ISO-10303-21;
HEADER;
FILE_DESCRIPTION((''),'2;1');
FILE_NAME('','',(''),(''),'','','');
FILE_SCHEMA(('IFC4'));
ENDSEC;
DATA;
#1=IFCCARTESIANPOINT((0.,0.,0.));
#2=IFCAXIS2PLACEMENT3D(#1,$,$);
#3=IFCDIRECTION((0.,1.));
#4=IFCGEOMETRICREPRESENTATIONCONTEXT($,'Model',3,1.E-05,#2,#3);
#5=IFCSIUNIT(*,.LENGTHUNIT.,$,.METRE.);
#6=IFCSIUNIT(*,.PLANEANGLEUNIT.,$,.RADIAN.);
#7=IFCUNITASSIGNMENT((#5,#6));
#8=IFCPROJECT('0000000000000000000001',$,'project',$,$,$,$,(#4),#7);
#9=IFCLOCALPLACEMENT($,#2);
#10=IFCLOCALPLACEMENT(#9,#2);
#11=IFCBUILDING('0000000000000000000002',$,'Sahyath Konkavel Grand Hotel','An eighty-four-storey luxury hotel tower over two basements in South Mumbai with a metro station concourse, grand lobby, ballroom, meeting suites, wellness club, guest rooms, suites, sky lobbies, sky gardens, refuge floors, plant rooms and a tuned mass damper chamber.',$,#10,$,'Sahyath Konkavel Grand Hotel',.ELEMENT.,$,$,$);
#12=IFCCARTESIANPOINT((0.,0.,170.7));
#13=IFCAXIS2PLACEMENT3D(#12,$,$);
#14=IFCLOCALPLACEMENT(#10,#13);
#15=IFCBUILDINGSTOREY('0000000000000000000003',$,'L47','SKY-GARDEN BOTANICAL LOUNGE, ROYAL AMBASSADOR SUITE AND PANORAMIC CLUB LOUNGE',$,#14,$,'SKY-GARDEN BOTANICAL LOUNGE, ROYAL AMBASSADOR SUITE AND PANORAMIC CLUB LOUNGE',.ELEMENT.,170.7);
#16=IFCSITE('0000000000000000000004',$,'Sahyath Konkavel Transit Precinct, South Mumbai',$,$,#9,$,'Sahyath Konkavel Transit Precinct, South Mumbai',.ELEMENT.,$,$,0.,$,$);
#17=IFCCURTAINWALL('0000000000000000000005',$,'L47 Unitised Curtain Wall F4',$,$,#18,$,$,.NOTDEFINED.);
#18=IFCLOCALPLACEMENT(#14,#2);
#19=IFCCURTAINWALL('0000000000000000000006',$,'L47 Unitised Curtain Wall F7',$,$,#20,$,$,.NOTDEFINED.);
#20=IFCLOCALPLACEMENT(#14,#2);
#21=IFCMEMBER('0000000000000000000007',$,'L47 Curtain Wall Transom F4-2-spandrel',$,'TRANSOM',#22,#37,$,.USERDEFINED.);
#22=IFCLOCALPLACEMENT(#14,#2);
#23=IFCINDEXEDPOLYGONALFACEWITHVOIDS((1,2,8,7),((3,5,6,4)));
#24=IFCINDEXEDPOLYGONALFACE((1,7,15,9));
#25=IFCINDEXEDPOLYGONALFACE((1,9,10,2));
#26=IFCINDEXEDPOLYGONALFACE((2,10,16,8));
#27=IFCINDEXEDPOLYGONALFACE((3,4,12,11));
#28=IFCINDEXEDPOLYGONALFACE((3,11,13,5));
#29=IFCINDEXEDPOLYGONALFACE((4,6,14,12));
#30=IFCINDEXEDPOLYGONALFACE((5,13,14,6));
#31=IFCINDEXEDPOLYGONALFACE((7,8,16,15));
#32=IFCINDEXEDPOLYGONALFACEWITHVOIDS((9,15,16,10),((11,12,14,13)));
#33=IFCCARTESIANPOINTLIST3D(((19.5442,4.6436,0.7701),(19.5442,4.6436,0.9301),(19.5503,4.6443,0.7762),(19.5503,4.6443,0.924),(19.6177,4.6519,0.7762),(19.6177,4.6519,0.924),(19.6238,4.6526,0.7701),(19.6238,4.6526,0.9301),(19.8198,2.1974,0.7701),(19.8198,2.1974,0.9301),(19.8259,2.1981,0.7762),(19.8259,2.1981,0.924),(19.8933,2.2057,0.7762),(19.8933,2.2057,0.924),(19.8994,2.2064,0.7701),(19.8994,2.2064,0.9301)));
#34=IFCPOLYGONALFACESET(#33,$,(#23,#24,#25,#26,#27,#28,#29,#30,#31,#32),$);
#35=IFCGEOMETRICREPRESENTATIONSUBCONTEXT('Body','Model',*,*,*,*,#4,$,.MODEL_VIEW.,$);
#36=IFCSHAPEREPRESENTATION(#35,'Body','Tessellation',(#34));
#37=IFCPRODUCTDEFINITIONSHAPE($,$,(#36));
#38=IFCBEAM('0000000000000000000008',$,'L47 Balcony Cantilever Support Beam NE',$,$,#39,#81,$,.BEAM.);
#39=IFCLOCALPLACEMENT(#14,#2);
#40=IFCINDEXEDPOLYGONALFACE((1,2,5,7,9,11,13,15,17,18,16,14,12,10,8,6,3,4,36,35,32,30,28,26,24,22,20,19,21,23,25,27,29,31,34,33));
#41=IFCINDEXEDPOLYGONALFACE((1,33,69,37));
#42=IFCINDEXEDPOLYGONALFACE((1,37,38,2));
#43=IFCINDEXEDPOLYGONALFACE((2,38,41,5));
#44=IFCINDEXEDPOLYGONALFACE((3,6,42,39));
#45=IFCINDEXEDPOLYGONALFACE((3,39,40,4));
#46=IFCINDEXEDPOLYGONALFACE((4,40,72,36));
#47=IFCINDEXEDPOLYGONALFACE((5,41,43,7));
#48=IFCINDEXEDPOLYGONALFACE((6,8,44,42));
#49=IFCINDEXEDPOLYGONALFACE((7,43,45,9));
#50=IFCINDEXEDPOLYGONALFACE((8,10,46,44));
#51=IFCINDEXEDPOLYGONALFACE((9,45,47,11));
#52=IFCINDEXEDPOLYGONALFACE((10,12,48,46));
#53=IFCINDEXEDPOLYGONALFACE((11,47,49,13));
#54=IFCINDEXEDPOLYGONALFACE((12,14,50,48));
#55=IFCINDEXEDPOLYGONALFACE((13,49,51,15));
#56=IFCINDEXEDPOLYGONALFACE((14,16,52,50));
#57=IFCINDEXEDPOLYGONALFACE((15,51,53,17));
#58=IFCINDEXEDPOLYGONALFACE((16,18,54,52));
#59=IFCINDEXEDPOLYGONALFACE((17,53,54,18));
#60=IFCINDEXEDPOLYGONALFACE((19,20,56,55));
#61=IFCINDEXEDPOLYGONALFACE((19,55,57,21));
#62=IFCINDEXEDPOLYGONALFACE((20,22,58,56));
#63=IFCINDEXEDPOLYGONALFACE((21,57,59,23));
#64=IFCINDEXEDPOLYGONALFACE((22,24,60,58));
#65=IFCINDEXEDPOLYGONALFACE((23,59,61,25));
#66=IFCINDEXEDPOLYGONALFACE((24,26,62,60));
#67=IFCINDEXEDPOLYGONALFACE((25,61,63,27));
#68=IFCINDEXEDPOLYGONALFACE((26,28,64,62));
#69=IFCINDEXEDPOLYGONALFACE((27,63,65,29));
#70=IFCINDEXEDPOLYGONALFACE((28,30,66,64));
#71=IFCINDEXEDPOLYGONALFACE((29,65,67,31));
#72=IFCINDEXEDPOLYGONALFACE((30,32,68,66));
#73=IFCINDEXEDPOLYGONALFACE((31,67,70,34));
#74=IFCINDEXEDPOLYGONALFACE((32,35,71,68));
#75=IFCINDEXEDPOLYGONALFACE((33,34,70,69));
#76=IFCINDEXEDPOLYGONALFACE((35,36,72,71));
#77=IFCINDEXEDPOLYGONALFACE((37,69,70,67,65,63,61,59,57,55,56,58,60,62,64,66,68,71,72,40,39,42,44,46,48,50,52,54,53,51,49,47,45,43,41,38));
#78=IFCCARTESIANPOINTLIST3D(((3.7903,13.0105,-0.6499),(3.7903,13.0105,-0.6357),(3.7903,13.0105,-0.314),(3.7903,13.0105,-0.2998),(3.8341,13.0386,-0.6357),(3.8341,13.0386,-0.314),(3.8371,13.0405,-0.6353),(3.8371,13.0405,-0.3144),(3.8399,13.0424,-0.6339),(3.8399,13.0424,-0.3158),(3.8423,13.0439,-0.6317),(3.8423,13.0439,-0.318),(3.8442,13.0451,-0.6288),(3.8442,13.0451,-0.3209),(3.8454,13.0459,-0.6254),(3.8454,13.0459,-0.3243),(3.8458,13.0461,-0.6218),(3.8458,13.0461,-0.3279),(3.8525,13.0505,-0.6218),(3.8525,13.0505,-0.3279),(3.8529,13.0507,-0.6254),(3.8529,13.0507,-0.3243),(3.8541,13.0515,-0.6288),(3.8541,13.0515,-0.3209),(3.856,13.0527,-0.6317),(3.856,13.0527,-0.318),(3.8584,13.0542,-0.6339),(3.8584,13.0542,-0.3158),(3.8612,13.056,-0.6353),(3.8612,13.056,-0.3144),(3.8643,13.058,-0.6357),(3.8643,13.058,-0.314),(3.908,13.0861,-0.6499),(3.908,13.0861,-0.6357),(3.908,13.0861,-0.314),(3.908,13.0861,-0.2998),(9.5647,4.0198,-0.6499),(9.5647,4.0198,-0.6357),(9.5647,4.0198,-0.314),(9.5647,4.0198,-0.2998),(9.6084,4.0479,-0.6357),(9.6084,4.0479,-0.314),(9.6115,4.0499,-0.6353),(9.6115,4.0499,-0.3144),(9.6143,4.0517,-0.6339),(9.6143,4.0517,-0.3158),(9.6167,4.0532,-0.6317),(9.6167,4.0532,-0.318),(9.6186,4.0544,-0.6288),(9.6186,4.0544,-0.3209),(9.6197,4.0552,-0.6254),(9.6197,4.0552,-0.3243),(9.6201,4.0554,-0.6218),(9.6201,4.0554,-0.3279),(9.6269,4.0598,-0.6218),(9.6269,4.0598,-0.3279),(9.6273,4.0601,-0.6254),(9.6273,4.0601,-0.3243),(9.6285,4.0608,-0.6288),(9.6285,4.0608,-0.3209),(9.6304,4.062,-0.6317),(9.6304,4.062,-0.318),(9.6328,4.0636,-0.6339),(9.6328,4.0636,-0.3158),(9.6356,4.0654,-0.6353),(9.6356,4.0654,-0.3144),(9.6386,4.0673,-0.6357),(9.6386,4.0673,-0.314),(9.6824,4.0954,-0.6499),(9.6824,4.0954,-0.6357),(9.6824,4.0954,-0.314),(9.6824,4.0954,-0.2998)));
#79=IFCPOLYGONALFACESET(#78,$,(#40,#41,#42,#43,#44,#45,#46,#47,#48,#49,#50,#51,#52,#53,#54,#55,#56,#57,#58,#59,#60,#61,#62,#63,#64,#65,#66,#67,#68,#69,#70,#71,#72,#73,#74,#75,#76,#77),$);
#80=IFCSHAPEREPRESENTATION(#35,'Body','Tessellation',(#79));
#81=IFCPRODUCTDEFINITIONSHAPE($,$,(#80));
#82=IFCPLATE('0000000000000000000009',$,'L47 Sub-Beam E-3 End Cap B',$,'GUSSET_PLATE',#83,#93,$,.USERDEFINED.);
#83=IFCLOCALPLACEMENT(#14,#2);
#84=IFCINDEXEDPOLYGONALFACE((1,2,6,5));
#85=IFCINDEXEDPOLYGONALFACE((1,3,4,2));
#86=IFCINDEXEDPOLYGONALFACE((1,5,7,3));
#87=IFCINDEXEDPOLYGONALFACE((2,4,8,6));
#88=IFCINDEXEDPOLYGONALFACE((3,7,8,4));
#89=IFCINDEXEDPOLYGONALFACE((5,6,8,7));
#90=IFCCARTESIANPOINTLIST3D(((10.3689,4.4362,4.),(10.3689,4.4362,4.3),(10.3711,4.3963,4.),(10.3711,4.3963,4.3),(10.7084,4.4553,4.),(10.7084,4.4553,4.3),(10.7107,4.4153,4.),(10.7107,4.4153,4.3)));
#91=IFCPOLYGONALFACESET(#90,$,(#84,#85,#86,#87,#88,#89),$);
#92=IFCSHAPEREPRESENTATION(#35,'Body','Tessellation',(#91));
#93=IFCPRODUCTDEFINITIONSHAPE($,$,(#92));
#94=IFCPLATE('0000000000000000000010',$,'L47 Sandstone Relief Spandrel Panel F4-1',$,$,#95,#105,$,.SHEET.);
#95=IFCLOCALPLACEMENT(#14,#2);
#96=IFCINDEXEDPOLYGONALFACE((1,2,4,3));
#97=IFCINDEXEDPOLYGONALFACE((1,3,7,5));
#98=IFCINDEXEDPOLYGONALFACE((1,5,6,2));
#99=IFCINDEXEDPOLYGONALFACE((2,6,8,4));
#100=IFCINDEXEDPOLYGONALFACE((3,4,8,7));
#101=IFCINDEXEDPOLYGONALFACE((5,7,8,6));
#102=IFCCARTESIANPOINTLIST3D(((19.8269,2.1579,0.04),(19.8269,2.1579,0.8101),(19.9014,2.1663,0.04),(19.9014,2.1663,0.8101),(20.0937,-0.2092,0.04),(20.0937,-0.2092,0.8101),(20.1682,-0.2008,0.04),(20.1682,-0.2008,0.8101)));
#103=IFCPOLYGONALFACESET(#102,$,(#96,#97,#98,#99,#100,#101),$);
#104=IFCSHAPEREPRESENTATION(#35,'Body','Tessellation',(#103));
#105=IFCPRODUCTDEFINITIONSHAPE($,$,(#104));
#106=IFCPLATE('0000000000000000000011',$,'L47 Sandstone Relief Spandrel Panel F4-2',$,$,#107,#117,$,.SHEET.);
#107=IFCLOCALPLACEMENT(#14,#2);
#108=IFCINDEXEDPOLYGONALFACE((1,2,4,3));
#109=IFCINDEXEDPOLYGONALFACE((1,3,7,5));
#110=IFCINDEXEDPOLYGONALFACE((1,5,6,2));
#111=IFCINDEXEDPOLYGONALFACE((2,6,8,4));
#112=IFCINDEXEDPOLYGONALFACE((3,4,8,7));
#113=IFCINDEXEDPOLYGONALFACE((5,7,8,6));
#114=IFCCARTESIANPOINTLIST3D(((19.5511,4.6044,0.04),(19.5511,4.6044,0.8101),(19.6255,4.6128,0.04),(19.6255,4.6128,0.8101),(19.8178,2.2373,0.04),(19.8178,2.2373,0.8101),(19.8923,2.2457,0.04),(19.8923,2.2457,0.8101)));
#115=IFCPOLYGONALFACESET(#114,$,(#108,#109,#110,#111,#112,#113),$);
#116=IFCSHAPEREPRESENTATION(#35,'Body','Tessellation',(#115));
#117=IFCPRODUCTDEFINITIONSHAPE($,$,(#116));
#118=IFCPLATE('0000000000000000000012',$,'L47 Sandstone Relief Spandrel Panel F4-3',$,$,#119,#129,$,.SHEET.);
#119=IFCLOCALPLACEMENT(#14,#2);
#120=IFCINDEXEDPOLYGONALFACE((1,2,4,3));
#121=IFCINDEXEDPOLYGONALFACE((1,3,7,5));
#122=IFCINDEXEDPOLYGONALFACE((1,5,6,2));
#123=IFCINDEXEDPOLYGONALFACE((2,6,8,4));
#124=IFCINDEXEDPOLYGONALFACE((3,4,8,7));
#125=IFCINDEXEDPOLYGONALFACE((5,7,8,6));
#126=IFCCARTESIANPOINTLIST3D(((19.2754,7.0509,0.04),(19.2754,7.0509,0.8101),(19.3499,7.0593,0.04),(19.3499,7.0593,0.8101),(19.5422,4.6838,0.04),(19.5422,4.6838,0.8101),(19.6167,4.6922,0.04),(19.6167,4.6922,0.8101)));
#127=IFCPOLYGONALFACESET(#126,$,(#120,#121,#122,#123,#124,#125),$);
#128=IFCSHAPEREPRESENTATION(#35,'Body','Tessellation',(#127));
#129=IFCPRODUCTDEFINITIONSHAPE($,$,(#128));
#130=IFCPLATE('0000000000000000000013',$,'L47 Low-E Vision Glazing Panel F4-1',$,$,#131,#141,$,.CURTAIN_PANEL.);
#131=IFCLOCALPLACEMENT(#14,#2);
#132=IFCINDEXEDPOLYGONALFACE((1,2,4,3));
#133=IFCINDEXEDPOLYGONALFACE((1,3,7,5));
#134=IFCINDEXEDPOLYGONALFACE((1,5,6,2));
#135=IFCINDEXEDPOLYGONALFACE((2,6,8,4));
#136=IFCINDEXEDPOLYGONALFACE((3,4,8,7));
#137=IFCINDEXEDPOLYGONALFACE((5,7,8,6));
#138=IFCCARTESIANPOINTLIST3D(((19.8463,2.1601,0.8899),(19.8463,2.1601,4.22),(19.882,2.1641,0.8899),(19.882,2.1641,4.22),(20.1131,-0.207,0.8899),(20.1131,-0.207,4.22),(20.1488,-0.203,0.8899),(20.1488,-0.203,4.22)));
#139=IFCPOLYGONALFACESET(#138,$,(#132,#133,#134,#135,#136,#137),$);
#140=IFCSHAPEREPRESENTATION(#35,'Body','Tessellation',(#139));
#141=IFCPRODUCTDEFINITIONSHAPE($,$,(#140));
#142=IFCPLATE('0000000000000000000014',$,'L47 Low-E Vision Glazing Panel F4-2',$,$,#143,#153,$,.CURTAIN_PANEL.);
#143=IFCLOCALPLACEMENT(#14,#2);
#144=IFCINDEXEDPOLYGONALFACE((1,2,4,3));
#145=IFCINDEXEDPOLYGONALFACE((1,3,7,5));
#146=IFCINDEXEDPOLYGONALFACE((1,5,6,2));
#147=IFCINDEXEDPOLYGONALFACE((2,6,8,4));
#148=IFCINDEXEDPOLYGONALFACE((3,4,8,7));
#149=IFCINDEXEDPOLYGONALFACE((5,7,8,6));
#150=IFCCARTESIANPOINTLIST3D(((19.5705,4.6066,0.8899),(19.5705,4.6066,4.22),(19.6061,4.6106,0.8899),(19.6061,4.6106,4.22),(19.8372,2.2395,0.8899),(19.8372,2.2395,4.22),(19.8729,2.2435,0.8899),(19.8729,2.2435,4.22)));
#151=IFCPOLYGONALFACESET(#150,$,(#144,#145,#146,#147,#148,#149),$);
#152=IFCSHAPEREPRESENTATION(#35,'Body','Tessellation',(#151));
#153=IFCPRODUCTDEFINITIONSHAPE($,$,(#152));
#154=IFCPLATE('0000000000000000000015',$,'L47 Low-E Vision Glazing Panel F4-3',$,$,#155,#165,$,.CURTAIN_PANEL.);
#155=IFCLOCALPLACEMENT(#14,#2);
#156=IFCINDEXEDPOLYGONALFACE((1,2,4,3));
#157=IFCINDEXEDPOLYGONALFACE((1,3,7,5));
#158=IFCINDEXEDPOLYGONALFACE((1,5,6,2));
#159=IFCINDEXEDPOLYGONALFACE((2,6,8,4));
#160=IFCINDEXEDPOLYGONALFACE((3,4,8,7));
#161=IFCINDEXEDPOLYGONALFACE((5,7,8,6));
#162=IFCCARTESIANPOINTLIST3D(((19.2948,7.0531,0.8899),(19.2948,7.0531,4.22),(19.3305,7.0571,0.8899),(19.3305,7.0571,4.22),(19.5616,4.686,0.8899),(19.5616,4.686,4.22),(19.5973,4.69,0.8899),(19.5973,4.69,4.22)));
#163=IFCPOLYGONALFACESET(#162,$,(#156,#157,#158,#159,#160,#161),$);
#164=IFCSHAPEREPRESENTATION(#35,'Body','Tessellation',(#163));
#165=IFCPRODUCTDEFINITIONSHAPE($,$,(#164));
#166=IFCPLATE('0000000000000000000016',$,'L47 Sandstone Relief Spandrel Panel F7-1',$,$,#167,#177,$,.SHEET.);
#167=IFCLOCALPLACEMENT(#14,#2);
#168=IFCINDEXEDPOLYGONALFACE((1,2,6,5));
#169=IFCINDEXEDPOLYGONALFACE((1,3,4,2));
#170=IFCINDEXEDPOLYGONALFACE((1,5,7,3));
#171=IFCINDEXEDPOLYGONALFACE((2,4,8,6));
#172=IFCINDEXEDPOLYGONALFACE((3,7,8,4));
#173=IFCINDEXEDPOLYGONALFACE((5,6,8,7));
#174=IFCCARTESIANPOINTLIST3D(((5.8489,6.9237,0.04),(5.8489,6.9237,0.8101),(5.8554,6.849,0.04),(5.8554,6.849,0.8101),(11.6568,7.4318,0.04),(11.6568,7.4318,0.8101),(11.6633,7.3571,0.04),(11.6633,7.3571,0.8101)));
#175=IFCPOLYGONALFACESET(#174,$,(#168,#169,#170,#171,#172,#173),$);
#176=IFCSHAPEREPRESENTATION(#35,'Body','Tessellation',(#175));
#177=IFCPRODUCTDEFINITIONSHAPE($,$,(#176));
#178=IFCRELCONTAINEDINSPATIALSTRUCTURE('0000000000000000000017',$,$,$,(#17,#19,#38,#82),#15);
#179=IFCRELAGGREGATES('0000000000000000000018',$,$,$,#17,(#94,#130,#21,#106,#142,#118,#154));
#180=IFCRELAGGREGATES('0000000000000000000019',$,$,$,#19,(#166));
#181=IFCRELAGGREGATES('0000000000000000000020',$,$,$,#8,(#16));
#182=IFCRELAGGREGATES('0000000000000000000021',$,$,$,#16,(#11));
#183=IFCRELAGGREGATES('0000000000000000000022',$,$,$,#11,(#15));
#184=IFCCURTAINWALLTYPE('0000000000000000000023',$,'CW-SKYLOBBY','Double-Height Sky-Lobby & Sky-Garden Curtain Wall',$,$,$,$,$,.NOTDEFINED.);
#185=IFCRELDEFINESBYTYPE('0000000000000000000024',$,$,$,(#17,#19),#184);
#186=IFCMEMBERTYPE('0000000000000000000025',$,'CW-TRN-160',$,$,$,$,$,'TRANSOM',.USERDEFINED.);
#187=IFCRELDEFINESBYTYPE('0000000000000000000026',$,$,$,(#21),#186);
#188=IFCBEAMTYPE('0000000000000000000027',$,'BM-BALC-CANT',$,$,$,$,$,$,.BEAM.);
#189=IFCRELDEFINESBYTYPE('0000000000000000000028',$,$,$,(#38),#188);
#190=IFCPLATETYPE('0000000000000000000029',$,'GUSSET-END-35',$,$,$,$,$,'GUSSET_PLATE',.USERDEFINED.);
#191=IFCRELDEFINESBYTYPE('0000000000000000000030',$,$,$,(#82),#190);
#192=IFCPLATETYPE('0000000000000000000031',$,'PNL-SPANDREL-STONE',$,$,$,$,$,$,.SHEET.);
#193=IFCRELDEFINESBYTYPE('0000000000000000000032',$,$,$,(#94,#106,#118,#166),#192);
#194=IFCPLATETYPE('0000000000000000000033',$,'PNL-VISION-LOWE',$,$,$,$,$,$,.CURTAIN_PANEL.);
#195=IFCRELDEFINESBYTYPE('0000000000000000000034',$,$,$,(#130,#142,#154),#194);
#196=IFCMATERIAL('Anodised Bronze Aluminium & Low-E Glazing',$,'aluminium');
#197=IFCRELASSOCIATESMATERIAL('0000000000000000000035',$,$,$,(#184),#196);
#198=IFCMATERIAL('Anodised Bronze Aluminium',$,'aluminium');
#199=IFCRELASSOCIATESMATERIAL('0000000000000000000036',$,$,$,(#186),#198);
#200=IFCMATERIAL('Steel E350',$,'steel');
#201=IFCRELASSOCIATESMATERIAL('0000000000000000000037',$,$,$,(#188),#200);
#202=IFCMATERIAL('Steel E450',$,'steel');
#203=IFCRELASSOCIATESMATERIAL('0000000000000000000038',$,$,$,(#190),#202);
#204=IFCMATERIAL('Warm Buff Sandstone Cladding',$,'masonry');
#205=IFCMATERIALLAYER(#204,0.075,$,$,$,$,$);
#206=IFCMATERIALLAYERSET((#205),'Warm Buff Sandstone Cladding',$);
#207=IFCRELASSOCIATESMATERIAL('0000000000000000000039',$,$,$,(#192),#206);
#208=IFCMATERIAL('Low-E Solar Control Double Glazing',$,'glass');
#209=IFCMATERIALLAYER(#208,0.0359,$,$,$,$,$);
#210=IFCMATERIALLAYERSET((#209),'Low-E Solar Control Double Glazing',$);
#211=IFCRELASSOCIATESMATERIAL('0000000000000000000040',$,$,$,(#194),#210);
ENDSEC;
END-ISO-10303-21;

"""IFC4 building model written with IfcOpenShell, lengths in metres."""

from ifc_helpers import new_model, si_unit, direction, frame, origin, origin_2d, place, context, subcontext, project, spatial, rectangle, hollow_rectangle, i_section, extrude, source, transform, mapped, material, layer, layer_set, material_profile, profile_set, type_object, element, aggregate, save


model = new_model("IFC4")

# Units and contexts
model_context = context("Model", 3, precision=1e-05, world=origin(), true_north=direction((0.0, 1.0)))
body_context = subcontext(model_context, "Body", "Model", "MODEL_VIEW")
ifc_project = project(units=[si_unit("LENGTHUNIT", "METRE"), si_unit("PLANEANGLEUNIT", "RADIAN")], contexts=[model_context])

# Site, building, storey
site_placement = place(None, origin())
site = spatial("IfcSite", under=ifc_project, at=site_placement, Name="Sahyath Konkavel Transit Precinct, South Mumbai", LongName="Sahyath Konkavel Transit Precinct, South Mumbai", CompositionType="ELEMENT", RefElevation=0.0)
building_placement = place(site_placement, origin())
building = spatial("IfcBuilding", under=site, at=building_placement, Name="Sahyath Konkavel Grand Hotel", Description="An eighty-four-storey luxury hotel tower over two basements in South Mumbai with a metro station concourse, grand lobby, ballroom, meeting suites, wellness club, guest rooms, suites, sky lobbies, sky gardens, refuge floors, plant rooms and a tuned mass damper chamber.", LongName="Sahyath Konkavel Grand Hotel", CompositionType="ELEMENT")
storey_placement = place(building_placement, frame((0.0, 0.0, 170.7)))
storey = spatial("IfcBuildingStorey", under=building, at=storey_placement, Name="L47", Description="SKY-GARDEN BOTANICAL LOUNGE, ROYAL AMBASSADOR SUITE AND PANORAMIC CLUB LOUNGE", LongName="SKY-GARDEN BOTANICAL LOUNGE, ROYAL AMBASSADOR SUITE AND PANORAMIC CLUB LOUNGE", CompositionType="ELEMENT", Elevation=170.7)

# Shared definitions
ifc_material_1 = material(Name="Steel E350", Category="steel")

# Curtain wall
ifc_material_2 = material(Name="Anodised Bronze Aluminium & Low-E Glazing", Category="aluminium")
curtain_wall_type = type_object("IfcCurtainWallType", Name="CW-SKYLOBBY", Description="Double-Height Sky-Lobby & Sky-Garden Curtain Wall", PredefinedType="NOTDEFINED", material=ifc_material_2)
curtain_wall_1_placement = place(storey_placement, origin())
curtain_wall_1 = element("IfcCurtainWall", 1, at=curtain_wall_1_placement, inside=storey, type_object=curtain_wall_type, Name="L47 Unitised Curtain Wall F4", PredefinedType="NOTDEFINED")
ifc_material_3 = material(Name="Anodised Bronze Aluminium", Category="aluminium")

# Curtain wall
curtain_wall_2_placement = place(storey_placement, origin())
curtain_wall_2 = element("IfcCurtainWall", 2, at=curtain_wall_2_placement, inside=storey, type_object=curtain_wall_type, Name="L47 Unitised Curtain Wall F7", PredefinedType="NOTDEFINED")

# Member
ifc_material_profile_1 = material_profile(ifc_material_3, hollow_rectangle(XDim=0.0801, YDim=0.1599, WallThickness=0.0061, at=origin_2d()), Name="RHS 160x80x6")
ifc_profile_set_1 = profile_set([ifc_material_profile_1], Name="Anodised Bronze Aluminium")
member_type_1 = type_object("IfcMemberType", Name="CW-TRN-160", ElementType="TRANSOM", PredefinedType="USERDEFINED", material=ifc_profile_set_1)
shared_shape_1 = source(origin(), body_context, "Body", "SweptSolid", [
    extrude(hollow_rectangle(XDim=0.0801, YDim=0.1599, WallThickness=0.0061, at=origin_2d()), origin(), (0.0, 0.0, 1.0), 2.4617),
])
member_1_placement = place(storey_placement, frame((19.8596, 2.2019, 0.8501), z_axis=(-0.111966, 0.993712, 0.0), x_axis=(-0.993712, -0.111966, 0.0)))
member_1 = element("IfcMember", 3, at=member_1_placement, type_object=member_type_1, Name="L47 Curtain Wall Transom F4-2-spandrel", ObjectType="TRANSOM", PredefinedType="USERDEFINED", context=body_context, shape_type="MappedRepresentation", body=[
    mapped(shared_shape_1, transform((0.0, 0.0, 0.0), scale=1.0)),
])

# Beam
ifc_material_profile_2 = material_profile(ifc_material_1, i_section(OverallWidth=0.1399, OverallDepth=0.3501, WebThickness=0.0081, FlangeThickness=0.0142, FilletRadius=0.0139, at=origin_2d()), Name="ISMB 350")
ifc_profile_set_2 = profile_set([ifc_material_profile_2], Name="Steel E350")
beam_type_1 = type_object("IfcBeamType", Name="BM-BALC-CANT", PredefinedType="BEAM", material=ifc_profile_set_2)
shared_shape_2 = source(origin(), body_context, "Body", "SweptSolid", [
    extrude(i_section(OverallWidth=0.1399, OverallDepth=0.3501, WebThickness=0.0081, FlangeThickness=0.0142, FilletRadius=0.0139, at=origin_2d()), origin(), (0.0, 0.0, 1.0), 10.6853),
])
beam_1_placement = place(storey_placement, frame((9.6235, 4.0576, -0.4749), z_axis=(-0.540404, 0.841406, 0.0), x_axis=(-0.841406, -0.540404, 0.0)))
element("IfcBeam", 4, at=beam_1_placement, inside=storey, type_object=beam_type_1, Name="L47 Balcony Cantilever Support Beam NE", PredefinedType="BEAM", context=body_context, shape_type="MappedRepresentation", body=[
    mapped(shared_shape_2, transform((0.0, 0.0, 0.0), scale=1.0)),
])

# Plates
ifc_material_4 = material(Name="Steel E450", Category="steel")
plate_type_1 = type_object("IfcPlateType", Name="GUSSET-END-35", ElementType="GUSSET_PLATE", PredefinedType="USERDEFINED", material=ifc_material_4)
shared_shape_3 = source(origin(), body_context, "Body", "SweptSolid", [
    extrude(rectangle(XDim=0.04, YDim=0.3401, at=origin_2d()), origin(), (0.0, 0.0, 1.0), 0.3),
])
plate_1_placement = place(storey_placement, frame((10.5398, 4.4258, 4.0), z_axis=(0.0, 0.0, 1.0), x_axis=(-0.056083, 0.998426, 0.0)))
element("IfcPlate", 5, at=plate_1_placement, inside=storey, type_object=plate_type_1, Name="L47 Sub-Beam E-3 End Cap B", ObjectType="GUSSET_PLATE", PredefinedType="USERDEFINED", context=body_context, shape_type="MappedRepresentation", body=[
    mapped(shared_shape_3, transform((0.0, 0.0, 0.0), scale=1.0)),
])
ifc_material_5 = material(Name="Warm Buff Sandstone Cladding", Category="masonry")
ifc_layer_1 = layer(ifc_material_5, 0.075)
ifc_layer_set_1 = layer_set([ifc_layer_1], Name="Warm Buff Sandstone Cladding")
plate_type_2 = type_object("IfcPlateType", Name="PNL-SPANDREL-STONE", PredefinedType="SHEET", material=ifc_layer_set_1)
shared_shape_4 = source(origin(), body_context, "Body", "SweptSolid", [
    extrude(rectangle(XDim=2.3821, YDim=0.075, at=origin_2d()), origin(), (0.0, 0.0, 1.0), 0.77),
])
plate_2_placement = place(storey_placement, frame((19.9976, 0.9785, 0.04), z_axis=(0.0, 0.0, 1.0), x_axis=(-0.111989, 0.993709, 0.0)))
plate_2 = element("IfcPlate", 6, at=plate_2_placement, type_object=plate_type_2, Name="L47 Sandstone Relief Spandrel Panel F4-1", PredefinedType="SHEET", context=body_context, shape_type="MappedRepresentation", body=[
    mapped(shared_shape_4, transform((0.0, 0.0, 0.0), scale=1.0)),
])
plate_3_placement = place(storey_placement, frame((19.7217, 3.425, 0.04), z_axis=(0.0, 0.0, 1.0), x_axis=(-0.111989, 0.993709, 0.0)))
plate_3 = element("IfcPlate", 7, at=plate_3_placement, type_object=plate_type_2, Name="L47 Sandstone Relief Spandrel Panel F4-2", PredefinedType="SHEET", context=body_context, shape_type="MappedRepresentation", body=[
    mapped(shared_shape_4, transform((0.0, 0.0, 0.0), scale=1.0)),
])
plate_4_placement = place(storey_placement, frame((19.446, 5.8716, 0.04), z_axis=(0.0, 0.0, 1.0), x_axis=(-0.111989, 0.993709, 0.0)))
plate_4 = element("IfcPlate", 8, at=plate_4_placement, type_object=plate_type_2, Name="L47 Sandstone Relief Spandrel Panel F4-3", PredefinedType="SHEET", context=body_context, shape_type="MappedRepresentation", body=[
    mapped(shared_shape_4, transform((0.0, 0.0, 0.0), scale=1.0)),
])
ifc_material_6 = material(Name="Low-E Solar Control Double Glazing", Category="glass")
ifc_layer_2 = layer(ifc_material_6, 0.0359)
ifc_layer_set_2 = layer_set([ifc_layer_2], Name="Low-E Solar Control Double Glazing")
plate_type_3 = type_object("IfcPlateType", Name="PNL-VISION-LOWE", PredefinedType="CURTAIN_PANEL", material=ifc_layer_set_2)
shared_shape_5 = source(origin(), body_context, "Body", "SweptSolid", [
    extrude(rectangle(XDim=2.3821, YDim=0.0359, at=origin_2d()), origin(), (0.0, 0.0, 1.0), 3.3301),
])
plate_5_placement = place(storey_placement, frame((19.9976, 0.9785, 0.8899), z_axis=(0.0, 0.0, 1.0), x_axis=(-0.111989, 0.993709, 0.0)))
plate_5 = element("IfcPlate", 9, at=plate_5_placement, type_object=plate_type_3, Name="L47 Low-E Vision Glazing Panel F4-1", PredefinedType="CURTAIN_PANEL", context=body_context, shape_type="MappedRepresentation", body=[
    mapped(shared_shape_5, transform((0.0, 0.0, 0.0), scale=1.0)),
])
plate_6_placement = place(storey_placement, frame((19.7217, 3.425, 0.8899), z_axis=(0.0, 0.0, 1.0), x_axis=(-0.111989, 0.993709, 0.0)))
plate_6 = element("IfcPlate", 10, at=plate_6_placement, type_object=plate_type_3, Name="L47 Low-E Vision Glazing Panel F4-2", PredefinedType="CURTAIN_PANEL", context=body_context, shape_type="MappedRepresentation", body=[
    mapped(shared_shape_5, transform((0.0, 0.0, 0.0), scale=1.0)),
])
plate_7_placement = place(storey_placement, frame((19.446, 5.8716, 0.8899), z_axis=(0.0, 0.0, 1.0), x_axis=(-0.111989, 0.993709, 0.0)))
plate_7 = element("IfcPlate", 11, at=plate_7_placement, type_object=plate_type_3, Name="L47 Low-E Vision Glazing Panel F4-3", PredefinedType="CURTAIN_PANEL", context=body_context, shape_type="MappedRepresentation", body=[
    mapped(shared_shape_5, transform((0.0, 0.0, 0.0), scale=1.0)),
])
aggregate(curtain_wall_1, [plate_2, plate_5, member_1, plate_3, plate_6, plate_4, plate_7])
shared_shape_6 = source(origin(), body_context, "Body", "SweptSolid", [
    extrude(rectangle(XDim=5.8301, YDim=0.075, at=origin_2d()), origin(), (0.0, 0.0, 1.0), 0.77),
])
plate_8_placement = place(storey_placement, frame((8.7561, 7.1404, 0.04), z_axis=(0.0, 0.0, 1.0), x_axis=(-0.996195, -0.087156, 0.0)))
plate_8 = element("IfcPlate", 12, at=plate_8_placement, type_object=plate_type_2, Name="L47 Sandstone Relief Spandrel Panel F7-1", PredefinedType="SHEET", context=body_context, shape_type="MappedRepresentation", body=[
    mapped(shared_shape_6, transform((0.0, 0.0, 0.0), scale=1.0)),
])
aggregate(curtain_wall_2, [plate_8])

save(model, "model.ifc")
